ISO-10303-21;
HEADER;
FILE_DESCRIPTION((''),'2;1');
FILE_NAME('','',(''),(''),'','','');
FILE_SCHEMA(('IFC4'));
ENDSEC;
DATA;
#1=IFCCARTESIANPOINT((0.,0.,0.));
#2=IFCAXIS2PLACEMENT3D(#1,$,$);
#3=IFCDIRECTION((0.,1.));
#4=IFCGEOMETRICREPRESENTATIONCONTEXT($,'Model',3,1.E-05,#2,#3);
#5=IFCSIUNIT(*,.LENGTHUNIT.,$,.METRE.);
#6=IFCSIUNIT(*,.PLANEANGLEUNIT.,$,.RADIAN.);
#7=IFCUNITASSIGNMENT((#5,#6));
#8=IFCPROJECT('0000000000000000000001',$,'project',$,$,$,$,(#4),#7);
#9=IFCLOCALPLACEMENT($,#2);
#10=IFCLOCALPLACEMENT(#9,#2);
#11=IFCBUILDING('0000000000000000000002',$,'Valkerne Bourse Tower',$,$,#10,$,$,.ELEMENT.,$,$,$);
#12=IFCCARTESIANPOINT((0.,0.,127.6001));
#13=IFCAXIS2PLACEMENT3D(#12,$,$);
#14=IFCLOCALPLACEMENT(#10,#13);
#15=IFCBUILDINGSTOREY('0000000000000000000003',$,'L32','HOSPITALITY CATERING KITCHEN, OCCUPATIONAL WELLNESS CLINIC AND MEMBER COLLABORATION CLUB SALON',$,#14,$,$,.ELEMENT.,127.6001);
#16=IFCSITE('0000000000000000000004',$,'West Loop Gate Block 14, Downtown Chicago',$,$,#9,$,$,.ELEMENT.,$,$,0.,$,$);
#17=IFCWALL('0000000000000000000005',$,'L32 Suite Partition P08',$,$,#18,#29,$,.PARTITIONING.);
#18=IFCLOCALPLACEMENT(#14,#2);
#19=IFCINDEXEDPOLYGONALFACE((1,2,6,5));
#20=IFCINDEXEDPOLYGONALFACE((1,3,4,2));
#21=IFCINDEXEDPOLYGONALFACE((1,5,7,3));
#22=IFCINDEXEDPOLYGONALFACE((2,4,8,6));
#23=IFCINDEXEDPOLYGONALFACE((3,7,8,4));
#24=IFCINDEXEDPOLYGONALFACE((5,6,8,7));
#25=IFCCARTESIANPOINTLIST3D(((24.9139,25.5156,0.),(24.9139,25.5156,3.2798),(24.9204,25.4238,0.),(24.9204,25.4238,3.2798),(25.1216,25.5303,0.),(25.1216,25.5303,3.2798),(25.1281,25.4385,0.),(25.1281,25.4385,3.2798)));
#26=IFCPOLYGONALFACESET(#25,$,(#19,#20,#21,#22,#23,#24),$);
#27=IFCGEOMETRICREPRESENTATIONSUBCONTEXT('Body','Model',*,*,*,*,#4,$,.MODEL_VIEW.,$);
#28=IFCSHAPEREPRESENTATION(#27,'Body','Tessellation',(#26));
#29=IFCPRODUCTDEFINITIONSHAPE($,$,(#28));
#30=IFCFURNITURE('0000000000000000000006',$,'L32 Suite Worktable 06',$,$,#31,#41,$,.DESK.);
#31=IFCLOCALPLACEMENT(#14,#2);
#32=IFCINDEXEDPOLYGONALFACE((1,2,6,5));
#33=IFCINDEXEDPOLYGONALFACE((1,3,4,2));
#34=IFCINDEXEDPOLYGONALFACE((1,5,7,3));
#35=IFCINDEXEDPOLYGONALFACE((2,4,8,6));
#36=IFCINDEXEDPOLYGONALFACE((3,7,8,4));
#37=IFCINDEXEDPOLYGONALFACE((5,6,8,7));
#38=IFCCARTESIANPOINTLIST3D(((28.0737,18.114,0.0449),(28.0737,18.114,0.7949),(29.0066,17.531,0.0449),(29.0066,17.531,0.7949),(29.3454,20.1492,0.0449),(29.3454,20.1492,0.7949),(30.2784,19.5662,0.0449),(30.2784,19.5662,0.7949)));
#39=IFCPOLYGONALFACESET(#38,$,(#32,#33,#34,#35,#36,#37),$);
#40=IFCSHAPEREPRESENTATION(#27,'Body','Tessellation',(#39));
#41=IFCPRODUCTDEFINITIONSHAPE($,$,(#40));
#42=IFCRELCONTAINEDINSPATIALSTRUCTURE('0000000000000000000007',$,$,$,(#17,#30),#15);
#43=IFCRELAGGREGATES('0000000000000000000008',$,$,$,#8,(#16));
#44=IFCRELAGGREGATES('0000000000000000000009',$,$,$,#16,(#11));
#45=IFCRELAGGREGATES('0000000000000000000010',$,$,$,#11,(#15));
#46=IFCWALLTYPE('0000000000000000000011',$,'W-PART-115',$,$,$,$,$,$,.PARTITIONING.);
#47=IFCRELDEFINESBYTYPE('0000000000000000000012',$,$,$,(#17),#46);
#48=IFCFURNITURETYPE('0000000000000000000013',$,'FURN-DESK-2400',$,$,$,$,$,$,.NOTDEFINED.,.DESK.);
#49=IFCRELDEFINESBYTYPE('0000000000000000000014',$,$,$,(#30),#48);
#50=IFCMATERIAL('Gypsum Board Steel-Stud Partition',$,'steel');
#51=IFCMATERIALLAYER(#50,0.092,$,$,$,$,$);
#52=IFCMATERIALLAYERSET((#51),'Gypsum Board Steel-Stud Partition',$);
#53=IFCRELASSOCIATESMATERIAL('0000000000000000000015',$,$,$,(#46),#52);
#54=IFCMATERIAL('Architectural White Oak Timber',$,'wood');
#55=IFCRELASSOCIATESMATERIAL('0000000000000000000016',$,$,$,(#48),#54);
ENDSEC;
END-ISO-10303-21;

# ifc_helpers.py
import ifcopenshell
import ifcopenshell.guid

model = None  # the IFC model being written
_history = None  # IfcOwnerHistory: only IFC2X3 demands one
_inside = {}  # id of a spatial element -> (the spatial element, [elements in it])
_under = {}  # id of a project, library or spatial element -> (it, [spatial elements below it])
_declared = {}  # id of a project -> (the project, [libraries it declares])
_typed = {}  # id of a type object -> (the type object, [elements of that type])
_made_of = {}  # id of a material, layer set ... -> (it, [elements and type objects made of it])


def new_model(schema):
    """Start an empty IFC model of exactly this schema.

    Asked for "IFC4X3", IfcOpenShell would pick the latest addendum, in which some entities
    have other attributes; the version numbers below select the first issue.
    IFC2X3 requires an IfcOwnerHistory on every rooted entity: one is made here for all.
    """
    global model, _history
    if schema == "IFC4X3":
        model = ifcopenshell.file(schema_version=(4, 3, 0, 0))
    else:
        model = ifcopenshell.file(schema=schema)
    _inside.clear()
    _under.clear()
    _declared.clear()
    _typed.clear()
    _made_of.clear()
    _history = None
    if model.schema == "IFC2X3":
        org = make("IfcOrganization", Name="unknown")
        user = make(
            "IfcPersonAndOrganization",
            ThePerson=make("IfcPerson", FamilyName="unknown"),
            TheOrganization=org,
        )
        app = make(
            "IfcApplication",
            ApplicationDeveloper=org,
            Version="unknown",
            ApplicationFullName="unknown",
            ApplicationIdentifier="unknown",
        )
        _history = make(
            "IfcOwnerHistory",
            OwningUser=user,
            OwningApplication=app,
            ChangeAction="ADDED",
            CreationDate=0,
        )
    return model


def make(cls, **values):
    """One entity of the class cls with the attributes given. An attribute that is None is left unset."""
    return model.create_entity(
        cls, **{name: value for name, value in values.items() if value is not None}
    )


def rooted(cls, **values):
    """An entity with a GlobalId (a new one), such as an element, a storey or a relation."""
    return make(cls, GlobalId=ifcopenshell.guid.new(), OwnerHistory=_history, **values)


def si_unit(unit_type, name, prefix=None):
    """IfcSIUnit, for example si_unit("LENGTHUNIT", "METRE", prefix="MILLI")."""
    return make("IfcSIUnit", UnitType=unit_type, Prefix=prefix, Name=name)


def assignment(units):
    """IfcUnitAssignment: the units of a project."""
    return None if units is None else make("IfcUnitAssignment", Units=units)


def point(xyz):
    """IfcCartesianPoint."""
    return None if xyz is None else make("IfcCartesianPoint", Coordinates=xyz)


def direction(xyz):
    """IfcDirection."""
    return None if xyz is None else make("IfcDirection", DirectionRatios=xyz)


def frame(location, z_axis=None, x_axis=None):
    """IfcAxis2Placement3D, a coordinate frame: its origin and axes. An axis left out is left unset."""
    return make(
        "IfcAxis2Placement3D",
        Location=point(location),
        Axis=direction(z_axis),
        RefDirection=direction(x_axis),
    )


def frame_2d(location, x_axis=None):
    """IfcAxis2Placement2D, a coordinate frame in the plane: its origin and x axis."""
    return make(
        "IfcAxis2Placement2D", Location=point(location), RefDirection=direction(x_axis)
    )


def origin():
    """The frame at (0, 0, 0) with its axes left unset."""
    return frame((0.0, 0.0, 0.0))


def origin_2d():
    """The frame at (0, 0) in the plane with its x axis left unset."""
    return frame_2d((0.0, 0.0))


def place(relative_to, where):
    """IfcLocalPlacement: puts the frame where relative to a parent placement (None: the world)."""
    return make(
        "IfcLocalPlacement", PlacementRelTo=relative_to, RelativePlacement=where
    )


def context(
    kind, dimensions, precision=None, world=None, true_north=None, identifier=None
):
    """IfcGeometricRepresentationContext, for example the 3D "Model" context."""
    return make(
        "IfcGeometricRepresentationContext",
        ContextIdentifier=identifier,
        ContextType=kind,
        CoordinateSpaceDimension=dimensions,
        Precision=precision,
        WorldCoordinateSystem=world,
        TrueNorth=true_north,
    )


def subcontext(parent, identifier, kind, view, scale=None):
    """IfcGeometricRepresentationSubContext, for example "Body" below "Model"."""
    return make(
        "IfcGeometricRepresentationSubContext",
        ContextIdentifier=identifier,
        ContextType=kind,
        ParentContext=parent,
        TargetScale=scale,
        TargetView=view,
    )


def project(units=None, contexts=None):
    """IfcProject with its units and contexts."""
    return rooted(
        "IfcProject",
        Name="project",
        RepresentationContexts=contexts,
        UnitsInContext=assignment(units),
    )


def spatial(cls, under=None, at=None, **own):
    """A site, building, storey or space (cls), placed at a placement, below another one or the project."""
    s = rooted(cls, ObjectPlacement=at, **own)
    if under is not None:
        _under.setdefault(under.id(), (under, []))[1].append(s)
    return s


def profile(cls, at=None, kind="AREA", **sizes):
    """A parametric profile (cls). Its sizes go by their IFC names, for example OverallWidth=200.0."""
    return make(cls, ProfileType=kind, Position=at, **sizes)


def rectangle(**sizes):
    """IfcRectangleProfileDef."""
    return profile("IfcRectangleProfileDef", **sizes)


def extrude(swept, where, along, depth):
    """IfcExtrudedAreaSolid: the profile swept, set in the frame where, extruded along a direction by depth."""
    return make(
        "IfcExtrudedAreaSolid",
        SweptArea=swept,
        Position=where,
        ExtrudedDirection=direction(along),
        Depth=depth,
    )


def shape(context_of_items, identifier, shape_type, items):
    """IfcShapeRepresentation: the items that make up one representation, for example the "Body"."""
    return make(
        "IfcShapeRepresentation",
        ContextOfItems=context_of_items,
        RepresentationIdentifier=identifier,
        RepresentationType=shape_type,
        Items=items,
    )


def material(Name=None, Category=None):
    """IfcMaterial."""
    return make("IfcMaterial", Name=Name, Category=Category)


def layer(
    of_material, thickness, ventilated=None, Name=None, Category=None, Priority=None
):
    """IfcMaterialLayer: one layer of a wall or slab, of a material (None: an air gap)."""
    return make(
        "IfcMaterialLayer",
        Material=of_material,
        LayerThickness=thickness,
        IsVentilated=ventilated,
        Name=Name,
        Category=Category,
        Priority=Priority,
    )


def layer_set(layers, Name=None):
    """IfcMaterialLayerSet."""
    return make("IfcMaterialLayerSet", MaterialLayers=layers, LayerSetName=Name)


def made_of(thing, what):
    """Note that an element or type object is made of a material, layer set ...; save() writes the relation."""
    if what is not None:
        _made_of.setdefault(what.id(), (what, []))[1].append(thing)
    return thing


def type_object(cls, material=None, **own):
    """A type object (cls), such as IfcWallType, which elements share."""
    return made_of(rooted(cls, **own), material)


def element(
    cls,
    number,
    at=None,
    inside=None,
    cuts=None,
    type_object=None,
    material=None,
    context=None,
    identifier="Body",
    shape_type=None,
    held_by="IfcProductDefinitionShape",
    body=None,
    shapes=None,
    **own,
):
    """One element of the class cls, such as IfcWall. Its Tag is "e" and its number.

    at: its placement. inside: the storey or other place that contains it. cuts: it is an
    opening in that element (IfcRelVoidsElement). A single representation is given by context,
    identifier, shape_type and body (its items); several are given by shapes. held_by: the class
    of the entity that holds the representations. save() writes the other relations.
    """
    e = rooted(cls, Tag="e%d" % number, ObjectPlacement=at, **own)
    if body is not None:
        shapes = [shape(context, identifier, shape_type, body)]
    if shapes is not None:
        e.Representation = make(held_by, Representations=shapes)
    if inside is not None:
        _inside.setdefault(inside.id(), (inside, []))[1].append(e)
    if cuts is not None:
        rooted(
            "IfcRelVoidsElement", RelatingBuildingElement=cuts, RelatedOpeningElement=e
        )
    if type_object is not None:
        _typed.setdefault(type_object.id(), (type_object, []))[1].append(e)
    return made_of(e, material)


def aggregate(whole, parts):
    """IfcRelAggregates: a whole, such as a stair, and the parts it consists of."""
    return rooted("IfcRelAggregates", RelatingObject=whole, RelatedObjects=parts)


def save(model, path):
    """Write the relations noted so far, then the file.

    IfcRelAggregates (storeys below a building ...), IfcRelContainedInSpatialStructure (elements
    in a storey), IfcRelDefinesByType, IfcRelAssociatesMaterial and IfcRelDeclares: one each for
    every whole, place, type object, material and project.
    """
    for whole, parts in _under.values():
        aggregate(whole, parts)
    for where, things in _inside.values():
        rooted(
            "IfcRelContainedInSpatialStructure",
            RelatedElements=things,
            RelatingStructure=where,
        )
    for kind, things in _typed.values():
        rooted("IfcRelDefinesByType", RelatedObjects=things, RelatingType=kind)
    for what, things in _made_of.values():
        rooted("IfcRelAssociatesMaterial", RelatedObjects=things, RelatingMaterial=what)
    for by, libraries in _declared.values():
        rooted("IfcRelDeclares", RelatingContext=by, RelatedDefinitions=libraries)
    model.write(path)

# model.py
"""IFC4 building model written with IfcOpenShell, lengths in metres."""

from ifc_helpers import new_model, si_unit, direction, frame, frame_2d, origin, origin_2d, place, context, subcontext, project, spatial, rectangle, extrude, material, layer, layer_set, type_object, element, save


model = new_model("IFC4")

# Units and contexts
model_context = context("Model", 3, precision=1e-05, world=origin(), true_north=direction((0.0, 1.0)))
body_context = subcontext(model_context, "Body", "Model", "MODEL_VIEW")
ifc_project = project(units=[si_unit("LENGTHUNIT", "METRE"), si_unit("PLANEANGLEUNIT", "RADIAN")], contexts=[model_context])

# Site, building, storey
site_placement = place(None, origin())
site = spatial("IfcSite", under=ifc_project, at=site_placement, Name="West Loop Gate Block 14, Downtown Chicago", CompositionType="ELEMENT", RefElevation=0.0)
building_placement = place(site_placement, origin())
building = spatial("IfcBuilding", under=site, at=building_placement, Name="Valkerne Bourse Tower", CompositionType="ELEMENT")
storey_placement = place(building_placement, frame((0.0, 0.0, 127.6001)))
storey = spatial("IfcBuildingStorey", under=building, at=storey_placement, Name="L32", Description="HOSPITALITY CATERING KITCHEN, OCCUPATIONAL WELLNESS CLINIC AND MEMBER COLLABORATION CLUB SALON", CompositionType="ELEMENT", Elevation=127.6001)

# Shared definitions
ifc_material_1 = material(Name="Gypsum Board Steel-Stud Partition", Category="steel")

# Shared definitions
ifc_material_2 = material(Name="Architectural White Oak Timber", Category="wood")

# Wall
ifc_layer_1 = layer(ifc_material_1, 0.092)
ifc_layer_set_1 = layer_set([ifc_layer_1], Name="Gypsum Board Steel-Stud Partition")
wall_type_1 = type_object("IfcWallType", Name="W-PART-115", PredefinedType="PARTITIONING", material=ifc_layer_set_1)
wall_1_placement = place(storey_placement, frame((25.1248, 25.4844, 0.0), z_axis=(0.0, 0.0, 1.0), x_axis=(-0.997524, -0.070331, 0.0)))
element("IfcWall", 1, at=wall_1_placement, inside=storey, type_object=wall_type_1, Name="L32 Suite Partition P08", PredefinedType="PARTITIONING", context=body_context, shape_type="SweptSolid", body=[
    extrude(rectangle(XDim=0.2083, YDim=0.092, at=frame_2d((0.104, 0.0))), origin(), (0.0, 0.0, 1.0), 3.2798),
])

# Furniture
furniture_type = type_object("IfcFurnitureType", Name="FURN-DESK-2400", AssemblyPlace="NOTDEFINED", PredefinedType="DESK", material=ifc_material_2)
furniture_placement = place(storey_placement, frame((29.176, 18.8401, 0.0449), z_axis=(0.0, 0.0, 1.0), x_axis=(0.529919, 0.848048, 0.0)))
element("IfcFurniture", 2, at=furniture_placement, inside=storey, type_object=furniture_type, Name="L32 Suite Worktable 06", PredefinedType="DESK", context=body_context, shape_type="SweptSolid", body=[
    extrude(rectangle(XDim=2.3999, YDim=1.1001, at=origin_2d()), origin(), (0.0, 0.0, 1.0), 0.75),
])

save(model, "model.ifc")
